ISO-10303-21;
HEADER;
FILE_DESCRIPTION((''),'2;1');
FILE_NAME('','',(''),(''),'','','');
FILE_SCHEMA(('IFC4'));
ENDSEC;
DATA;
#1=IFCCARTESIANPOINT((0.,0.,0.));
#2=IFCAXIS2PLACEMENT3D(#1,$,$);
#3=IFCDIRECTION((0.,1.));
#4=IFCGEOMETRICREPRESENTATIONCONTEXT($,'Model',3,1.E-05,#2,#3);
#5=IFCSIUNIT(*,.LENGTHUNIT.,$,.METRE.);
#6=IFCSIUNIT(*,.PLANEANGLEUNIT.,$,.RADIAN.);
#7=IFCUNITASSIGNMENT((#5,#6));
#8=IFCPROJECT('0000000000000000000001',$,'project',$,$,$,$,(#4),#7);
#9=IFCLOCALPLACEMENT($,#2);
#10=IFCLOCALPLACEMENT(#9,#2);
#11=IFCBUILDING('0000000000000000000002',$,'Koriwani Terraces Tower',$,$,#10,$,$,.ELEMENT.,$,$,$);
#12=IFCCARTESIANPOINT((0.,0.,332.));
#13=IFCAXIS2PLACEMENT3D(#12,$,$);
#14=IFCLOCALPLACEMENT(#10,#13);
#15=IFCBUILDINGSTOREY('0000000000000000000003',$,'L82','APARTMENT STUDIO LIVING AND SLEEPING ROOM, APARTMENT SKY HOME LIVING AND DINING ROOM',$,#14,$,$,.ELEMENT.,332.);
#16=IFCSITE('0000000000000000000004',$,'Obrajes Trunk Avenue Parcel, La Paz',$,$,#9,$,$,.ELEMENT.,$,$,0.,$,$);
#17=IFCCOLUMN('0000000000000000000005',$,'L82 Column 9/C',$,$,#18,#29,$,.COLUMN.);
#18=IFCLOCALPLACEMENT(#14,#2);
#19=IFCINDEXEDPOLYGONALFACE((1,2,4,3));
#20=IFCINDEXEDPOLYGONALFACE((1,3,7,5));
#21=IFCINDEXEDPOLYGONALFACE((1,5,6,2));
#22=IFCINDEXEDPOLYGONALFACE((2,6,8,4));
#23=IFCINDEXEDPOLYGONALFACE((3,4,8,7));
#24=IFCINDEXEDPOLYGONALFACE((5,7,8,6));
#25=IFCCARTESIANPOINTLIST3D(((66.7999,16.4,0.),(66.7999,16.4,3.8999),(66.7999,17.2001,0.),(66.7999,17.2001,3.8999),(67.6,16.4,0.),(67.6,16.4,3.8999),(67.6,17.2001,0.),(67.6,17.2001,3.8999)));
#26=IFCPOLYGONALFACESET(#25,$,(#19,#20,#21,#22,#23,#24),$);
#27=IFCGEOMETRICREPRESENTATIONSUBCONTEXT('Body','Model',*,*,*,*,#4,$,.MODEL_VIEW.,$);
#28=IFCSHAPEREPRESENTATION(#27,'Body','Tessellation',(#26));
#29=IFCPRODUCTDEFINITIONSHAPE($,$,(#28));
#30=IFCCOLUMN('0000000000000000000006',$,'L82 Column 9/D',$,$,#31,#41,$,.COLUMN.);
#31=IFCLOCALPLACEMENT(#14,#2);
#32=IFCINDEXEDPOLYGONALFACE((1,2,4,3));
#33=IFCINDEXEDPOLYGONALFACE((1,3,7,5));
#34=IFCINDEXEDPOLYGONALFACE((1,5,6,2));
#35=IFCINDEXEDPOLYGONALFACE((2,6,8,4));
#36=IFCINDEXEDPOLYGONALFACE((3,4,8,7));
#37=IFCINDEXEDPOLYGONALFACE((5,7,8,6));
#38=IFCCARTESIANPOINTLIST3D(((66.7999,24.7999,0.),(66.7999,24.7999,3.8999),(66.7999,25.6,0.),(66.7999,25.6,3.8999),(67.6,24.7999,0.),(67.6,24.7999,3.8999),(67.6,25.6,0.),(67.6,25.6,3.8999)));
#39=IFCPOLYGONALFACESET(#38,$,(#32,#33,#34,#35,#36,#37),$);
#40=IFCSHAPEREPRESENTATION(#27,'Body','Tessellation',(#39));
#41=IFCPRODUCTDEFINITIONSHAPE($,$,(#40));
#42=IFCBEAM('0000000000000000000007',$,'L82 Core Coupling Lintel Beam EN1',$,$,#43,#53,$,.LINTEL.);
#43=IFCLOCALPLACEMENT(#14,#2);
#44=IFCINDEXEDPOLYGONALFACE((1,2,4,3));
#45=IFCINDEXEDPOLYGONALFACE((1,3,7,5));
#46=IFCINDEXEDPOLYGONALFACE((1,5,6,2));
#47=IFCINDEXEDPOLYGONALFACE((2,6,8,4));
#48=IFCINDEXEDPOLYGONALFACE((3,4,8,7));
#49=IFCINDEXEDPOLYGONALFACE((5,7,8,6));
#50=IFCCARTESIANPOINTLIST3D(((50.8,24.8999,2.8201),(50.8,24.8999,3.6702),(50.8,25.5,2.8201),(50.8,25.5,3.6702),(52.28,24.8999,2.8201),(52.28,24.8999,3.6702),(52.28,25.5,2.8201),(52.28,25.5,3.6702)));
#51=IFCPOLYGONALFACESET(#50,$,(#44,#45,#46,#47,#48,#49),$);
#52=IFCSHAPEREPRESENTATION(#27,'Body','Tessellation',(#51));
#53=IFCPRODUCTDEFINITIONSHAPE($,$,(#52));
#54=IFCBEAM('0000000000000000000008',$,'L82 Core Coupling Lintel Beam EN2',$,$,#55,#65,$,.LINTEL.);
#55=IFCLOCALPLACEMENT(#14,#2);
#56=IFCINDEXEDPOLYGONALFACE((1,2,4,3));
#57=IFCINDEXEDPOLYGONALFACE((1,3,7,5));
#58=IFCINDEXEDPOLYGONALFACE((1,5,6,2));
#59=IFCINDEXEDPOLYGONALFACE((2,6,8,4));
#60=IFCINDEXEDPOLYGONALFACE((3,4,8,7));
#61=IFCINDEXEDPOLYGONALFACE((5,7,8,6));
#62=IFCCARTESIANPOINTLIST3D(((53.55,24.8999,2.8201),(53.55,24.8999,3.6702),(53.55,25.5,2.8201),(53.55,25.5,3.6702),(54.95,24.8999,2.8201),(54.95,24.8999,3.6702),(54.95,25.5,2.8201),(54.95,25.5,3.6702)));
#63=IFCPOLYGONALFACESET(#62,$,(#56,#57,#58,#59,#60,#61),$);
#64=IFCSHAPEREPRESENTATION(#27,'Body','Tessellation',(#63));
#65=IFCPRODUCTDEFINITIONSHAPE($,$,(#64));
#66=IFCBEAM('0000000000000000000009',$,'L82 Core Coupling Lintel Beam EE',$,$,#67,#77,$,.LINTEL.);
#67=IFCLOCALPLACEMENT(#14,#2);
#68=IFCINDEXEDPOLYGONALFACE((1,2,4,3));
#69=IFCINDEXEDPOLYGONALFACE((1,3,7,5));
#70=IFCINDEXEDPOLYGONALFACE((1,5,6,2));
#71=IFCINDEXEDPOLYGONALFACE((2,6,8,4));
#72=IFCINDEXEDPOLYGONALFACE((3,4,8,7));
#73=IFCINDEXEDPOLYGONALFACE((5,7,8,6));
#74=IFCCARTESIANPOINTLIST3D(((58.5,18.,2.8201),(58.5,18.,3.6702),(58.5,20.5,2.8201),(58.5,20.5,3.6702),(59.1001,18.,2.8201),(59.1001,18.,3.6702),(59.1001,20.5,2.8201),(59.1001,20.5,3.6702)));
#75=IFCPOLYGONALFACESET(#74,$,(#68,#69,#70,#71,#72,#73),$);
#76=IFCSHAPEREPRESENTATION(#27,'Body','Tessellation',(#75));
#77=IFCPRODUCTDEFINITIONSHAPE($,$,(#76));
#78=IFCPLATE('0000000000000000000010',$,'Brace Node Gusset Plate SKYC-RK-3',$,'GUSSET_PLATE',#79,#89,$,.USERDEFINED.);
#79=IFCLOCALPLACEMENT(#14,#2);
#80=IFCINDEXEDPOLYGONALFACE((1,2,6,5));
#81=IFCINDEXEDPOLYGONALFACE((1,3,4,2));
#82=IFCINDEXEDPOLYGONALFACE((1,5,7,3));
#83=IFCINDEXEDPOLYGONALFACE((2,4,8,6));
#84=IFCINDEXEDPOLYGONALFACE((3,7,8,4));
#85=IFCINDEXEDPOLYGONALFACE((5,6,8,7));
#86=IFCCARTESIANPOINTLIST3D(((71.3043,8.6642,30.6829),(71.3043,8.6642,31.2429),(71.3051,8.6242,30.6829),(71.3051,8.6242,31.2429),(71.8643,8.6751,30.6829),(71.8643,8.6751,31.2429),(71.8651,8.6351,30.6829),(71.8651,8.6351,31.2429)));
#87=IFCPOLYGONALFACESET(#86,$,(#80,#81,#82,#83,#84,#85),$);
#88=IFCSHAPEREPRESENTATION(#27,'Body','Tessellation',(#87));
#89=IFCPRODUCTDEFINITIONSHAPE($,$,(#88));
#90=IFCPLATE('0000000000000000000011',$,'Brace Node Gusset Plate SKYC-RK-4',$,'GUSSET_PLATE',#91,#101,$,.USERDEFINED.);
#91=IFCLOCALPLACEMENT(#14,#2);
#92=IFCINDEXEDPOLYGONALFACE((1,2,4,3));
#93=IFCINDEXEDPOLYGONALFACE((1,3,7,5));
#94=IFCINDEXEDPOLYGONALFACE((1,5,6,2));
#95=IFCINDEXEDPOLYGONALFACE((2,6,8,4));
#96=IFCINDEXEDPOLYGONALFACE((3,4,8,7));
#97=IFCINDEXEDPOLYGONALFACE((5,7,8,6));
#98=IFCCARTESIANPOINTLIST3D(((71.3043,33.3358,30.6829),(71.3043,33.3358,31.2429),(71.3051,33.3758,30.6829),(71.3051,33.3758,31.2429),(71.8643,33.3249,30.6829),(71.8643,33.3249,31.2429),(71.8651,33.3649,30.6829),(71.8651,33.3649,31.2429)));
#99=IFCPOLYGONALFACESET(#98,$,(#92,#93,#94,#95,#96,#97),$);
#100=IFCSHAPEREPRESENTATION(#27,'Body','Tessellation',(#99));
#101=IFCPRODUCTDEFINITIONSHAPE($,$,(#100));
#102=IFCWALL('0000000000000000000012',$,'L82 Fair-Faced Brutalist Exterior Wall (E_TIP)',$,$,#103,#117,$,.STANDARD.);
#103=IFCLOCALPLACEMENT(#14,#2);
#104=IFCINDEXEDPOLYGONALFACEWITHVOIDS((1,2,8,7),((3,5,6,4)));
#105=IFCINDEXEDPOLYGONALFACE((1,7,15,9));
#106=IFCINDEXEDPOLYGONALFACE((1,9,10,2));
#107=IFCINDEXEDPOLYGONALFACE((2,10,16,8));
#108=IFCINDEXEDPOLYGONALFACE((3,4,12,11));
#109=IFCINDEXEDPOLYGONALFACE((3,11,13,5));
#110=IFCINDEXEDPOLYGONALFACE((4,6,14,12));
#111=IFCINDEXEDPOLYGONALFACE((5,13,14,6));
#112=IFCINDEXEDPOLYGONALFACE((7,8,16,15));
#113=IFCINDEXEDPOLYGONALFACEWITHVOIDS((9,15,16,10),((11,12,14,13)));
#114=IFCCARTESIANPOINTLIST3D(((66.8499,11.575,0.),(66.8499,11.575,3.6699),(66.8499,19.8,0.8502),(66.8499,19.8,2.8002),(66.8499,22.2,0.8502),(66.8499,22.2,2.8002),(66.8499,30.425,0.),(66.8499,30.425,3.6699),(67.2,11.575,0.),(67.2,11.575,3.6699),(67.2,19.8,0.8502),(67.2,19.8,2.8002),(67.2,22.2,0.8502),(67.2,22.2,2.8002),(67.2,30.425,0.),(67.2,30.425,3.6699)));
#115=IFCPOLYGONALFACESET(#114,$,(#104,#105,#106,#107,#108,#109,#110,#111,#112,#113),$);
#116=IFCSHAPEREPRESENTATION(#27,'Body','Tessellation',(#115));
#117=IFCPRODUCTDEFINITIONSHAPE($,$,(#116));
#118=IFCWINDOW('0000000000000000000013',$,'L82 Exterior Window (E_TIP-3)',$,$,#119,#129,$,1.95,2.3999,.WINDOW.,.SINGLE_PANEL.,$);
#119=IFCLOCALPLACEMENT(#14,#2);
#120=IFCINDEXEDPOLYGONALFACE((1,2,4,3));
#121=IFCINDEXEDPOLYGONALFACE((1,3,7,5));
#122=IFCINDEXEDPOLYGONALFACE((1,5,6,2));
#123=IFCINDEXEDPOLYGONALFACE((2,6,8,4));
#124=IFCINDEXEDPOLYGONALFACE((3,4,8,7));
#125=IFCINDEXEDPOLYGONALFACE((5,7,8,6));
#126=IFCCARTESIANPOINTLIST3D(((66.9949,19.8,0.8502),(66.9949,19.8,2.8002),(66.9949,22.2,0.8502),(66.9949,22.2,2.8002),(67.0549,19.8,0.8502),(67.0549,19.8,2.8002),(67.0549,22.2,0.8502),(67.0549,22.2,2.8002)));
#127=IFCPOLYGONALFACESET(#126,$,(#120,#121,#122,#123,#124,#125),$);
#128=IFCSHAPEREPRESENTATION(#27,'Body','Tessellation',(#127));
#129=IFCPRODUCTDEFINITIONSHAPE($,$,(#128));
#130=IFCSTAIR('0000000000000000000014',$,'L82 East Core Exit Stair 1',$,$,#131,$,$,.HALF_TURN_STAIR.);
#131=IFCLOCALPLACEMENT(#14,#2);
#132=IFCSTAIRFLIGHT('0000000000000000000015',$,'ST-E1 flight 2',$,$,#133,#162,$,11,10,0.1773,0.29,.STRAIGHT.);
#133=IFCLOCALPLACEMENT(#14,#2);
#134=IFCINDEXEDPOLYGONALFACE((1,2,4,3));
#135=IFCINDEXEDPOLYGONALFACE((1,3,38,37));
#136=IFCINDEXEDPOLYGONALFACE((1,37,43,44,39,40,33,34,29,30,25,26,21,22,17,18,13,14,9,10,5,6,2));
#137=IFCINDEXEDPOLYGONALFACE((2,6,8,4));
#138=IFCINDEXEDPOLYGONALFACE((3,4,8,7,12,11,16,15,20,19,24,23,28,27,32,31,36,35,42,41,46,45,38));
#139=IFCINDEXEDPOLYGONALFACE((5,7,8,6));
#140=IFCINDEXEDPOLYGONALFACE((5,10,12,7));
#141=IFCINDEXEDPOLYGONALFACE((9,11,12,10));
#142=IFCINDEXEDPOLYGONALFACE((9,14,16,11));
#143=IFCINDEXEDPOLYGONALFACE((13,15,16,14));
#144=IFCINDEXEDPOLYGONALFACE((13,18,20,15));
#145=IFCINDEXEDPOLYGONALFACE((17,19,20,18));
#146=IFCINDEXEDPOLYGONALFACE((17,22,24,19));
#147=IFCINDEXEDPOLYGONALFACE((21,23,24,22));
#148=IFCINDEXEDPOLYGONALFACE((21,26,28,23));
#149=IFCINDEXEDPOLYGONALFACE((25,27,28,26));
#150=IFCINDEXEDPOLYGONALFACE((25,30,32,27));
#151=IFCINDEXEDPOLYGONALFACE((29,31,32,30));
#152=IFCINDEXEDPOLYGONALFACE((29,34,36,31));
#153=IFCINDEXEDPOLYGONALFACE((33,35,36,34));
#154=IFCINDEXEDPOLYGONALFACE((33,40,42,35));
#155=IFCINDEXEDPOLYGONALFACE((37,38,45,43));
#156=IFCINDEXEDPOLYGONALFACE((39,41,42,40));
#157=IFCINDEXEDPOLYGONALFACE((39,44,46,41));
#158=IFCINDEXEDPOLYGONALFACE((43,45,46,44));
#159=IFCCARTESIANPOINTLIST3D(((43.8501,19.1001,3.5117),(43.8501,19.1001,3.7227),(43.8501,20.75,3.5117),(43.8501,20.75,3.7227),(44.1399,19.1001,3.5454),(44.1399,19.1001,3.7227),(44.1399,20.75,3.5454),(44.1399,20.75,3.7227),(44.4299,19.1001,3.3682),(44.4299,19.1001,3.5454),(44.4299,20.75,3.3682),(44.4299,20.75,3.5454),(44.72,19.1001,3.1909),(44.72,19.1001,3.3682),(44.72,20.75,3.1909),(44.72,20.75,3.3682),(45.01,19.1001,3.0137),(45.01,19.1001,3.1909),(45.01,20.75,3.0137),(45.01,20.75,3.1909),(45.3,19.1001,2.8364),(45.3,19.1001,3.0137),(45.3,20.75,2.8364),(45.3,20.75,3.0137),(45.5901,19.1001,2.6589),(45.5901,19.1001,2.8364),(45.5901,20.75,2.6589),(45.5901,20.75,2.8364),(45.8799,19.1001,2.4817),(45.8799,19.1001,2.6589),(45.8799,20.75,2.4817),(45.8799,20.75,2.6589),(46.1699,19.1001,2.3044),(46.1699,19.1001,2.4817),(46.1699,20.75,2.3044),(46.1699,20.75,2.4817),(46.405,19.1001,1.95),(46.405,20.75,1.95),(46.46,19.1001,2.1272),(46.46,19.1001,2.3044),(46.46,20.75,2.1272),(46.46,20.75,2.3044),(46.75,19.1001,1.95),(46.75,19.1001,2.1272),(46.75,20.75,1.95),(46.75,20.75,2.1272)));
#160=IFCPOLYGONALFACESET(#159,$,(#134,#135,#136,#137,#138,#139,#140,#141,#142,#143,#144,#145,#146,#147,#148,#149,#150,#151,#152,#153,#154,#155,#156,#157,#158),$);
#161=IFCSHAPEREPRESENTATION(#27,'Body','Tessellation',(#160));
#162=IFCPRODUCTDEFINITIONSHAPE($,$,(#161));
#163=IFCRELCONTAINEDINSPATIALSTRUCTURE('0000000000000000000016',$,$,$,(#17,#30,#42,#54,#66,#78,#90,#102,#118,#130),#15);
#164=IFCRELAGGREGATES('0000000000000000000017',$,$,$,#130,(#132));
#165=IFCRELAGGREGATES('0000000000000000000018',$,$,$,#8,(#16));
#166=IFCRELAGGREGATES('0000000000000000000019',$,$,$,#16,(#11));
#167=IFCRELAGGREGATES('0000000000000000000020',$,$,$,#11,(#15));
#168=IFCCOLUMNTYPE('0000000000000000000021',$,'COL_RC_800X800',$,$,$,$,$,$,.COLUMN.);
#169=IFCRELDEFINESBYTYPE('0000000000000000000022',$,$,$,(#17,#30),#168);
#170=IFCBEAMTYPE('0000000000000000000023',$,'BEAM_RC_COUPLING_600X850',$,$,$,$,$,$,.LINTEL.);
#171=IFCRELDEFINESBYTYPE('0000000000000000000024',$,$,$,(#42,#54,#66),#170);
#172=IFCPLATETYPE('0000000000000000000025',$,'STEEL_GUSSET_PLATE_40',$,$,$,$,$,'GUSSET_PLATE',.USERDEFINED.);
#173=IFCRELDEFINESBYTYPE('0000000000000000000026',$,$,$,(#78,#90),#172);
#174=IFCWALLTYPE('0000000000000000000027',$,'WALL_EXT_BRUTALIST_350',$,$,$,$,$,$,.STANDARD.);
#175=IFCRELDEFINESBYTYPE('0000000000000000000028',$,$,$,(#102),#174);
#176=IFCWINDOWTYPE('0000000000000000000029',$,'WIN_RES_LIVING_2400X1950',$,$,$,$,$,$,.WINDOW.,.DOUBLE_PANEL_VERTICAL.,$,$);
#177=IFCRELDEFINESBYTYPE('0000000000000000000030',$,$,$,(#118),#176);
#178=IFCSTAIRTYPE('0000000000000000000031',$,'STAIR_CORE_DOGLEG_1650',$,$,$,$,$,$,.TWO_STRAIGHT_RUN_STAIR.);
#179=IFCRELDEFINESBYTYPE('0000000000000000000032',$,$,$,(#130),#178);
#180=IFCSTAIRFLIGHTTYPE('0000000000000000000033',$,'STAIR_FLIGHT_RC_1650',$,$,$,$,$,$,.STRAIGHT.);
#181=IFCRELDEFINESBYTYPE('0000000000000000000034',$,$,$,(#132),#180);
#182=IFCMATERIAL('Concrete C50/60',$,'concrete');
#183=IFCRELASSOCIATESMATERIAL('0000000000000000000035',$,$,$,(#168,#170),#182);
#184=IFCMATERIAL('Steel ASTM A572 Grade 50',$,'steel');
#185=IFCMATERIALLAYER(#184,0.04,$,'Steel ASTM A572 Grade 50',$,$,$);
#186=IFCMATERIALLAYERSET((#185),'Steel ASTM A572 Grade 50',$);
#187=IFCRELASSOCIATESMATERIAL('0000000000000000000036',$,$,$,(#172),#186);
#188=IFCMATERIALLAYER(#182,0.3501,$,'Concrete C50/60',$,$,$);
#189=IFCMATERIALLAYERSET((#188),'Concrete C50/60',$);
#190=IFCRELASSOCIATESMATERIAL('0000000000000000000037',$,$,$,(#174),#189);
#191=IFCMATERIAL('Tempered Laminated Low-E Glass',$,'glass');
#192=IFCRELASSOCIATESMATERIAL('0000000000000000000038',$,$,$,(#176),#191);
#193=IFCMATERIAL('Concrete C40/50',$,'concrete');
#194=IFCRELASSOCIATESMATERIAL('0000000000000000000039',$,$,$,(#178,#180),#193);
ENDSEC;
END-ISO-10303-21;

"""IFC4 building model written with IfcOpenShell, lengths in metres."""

from ifc_helpers import new_model, si_unit, direction, frame, frame_2d, origin, origin_2d, place, context, subcontext, project, spatial, polyline, rectangle, outline, extrude, material, layer, layer_set, material_profile, profile_set, type_object, element, fill, aggregate, save


model = new_model("IFC4")

# Units and contexts
model_context = context("Model", 3, precision=1e-05, world=origin(), true_north=direction((0.0, 1.0)))
body_context = subcontext(model_context, "Body", "Model", "MODEL_VIEW")
ifc_project = project(units=[si_unit("LENGTHUNIT", "METRE"), si_unit("PLANEANGLEUNIT", "RADIAN")], contexts=[model_context])

# Site, building, storey
site_placement = place(None, origin())
site = spatial("IfcSite", under=ifc_project, at=site_placement, Name="Obrajes Trunk Avenue Parcel, La Paz", CompositionType="ELEMENT", RefElevation=0.0)
building_placement = place(site_placement, origin())
building = spatial("IfcBuilding", under=site, at=building_placement, Name="Koriwani Terraces Tower", CompositionType="ELEMENT")
storey_placement = place(building_placement, frame((0.0, 0.0, 332.0)))
storey = spatial("IfcBuildingStorey", under=building, at=storey_placement, Name="L82", Description="APARTMENT STUDIO LIVING AND SLEEPING ROOM, APARTMENT SKY HOME LIVING AND DINING ROOM", CompositionType="ELEMENT", Elevation=332.0)

# Columns
ifc_material_1 = material(Name="Concrete C50/60", Category="concrete")
ifc_material_profile_1 = material_profile(ifc_material_1, rectangle(XDim=0.8, YDim=0.8, at=origin_2d()), Name="Concrete C50/60", Category="LoadBearing")
ifc_profile_set_1 = profile_set([ifc_material_profile_1], Name="Concrete C50/60")
column_type = type_object("IfcColumnType", Name="COL_RC_800X800", PredefinedType="COLUMN", material=ifc_profile_set_1)
for number, where, z_axis, x_axis, name in (
    (1, (67.2, 16.8, 0.0), (0.0, 0.0, 1.0), (1.0, 0.0, 0.0), "L82 Column 9/C"),
    (2, (67.2, 25.2, 0.0), (0.0, 0.0, 1.0), (1.0, 0.0, 0.0), "L82 Column 9/D"),
):
    element("IfcColumn", number, at=place(storey_placement, frame(where, z_axis=z_axis, x_axis=x_axis)), inside=storey, type_object=column_type, Name=name, PredefinedType="COLUMN", context=body_context, shape_type="SweptSolid", body=[
        extrude(rectangle(XDim=0.8, YDim=0.8, at=origin_2d()), origin(), (0.0, 0.0, 1.0), 3.8999),
    ])

# Beams
ifc_material_profile_2 = material_profile(ifc_material_1, rectangle(XDim=0.6001, YDim=0.8501, at=origin_2d()), Name="Concrete C50/60", Category="LoadBearing")
ifc_profile_set_2 = profile_set([ifc_material_profile_2], Name="Concrete C50/60")
beam_type = type_object("IfcBeamType", Name="BEAM_RC_COUPLING_600X850", PredefinedType="LINTEL", material=ifc_profile_set_2)
beam_1_placement = place(storey_placement, frame((50.8, 25.2, 3.2451), z_axis=(1.0, 0.0, 0.0), x_axis=(0.0, 1.0, 0.0)))
element("IfcBeam", 3, at=beam_1_placement, inside=storey, type_object=beam_type, Name="L82 Core Coupling Lintel Beam EN1", PredefinedType="LINTEL", context=body_context, shape_type="SweptSolid", body=[
    extrude(rectangle(XDim=0.6001, YDim=0.8501, at=origin_2d()), origin(), (0.0, 0.0, 1.0), 1.48),
])
beam_2_placement = place(storey_placement, frame((53.55, 25.2, 3.2451), z_axis=(1.0, 0.0, 0.0), x_axis=(0.0, 1.0, 0.0)))
element("IfcBeam", 4, at=beam_2_placement, inside=storey, type_object=beam_type, Name="L82 Core Coupling Lintel Beam EN2", PredefinedType="LINTEL", context=body_context, shape_type="SweptSolid", body=[
    extrude(rectangle(XDim=0.6001, YDim=0.8501, at=origin_2d()), origin(), (0.0, 0.0, 1.0), 1.3999),
])
beam_3_placement = place(storey_placement, frame((58.8, 18.0, 3.2451), z_axis=(0.0, 1.0, 0.0), x_axis=(-1.0, 0.0, 0.0)))
element("IfcBeam", 5, at=beam_3_placement, inside=storey, type_object=beam_type, Name="L82 Core Coupling Lintel Beam EE", PredefinedType="LINTEL", context=body_context, shape_type="SweptSolid", body=[
    extrude(rectangle(XDim=0.6001, YDim=0.8501, at=origin_2d()), origin(), (0.0, 0.0, 1.0), 2.5),
])

# Plates
ifc_material_2 = material(Name="Steel ASTM A572 Grade 50", Category="steel")
ifc_layer_1 = layer(ifc_material_2, 0.04, Name="Steel ASTM A572 Grade 50")
ifc_layer_set_1 = layer_set([ifc_layer_1], Name="Steel ASTM A572 Grade 50")
plate_type = type_object("IfcPlateType", Name="STEEL_GUSSET_PLATE_40", ElementType="GUSSET_PLATE", PredefinedType="USERDEFINED", material=ifc_layer_set_1)
for number, where, z_axis, x_axis, name in (
    (6, (71.5847, 8.6497, 30.6829), (0.0, 0.0, 1.0), (0.999809, 0.019546, 0.0), "Brace Node Gusset Plate SKYC-RK-3"),
    (7, (71.5847, 33.3503, 30.6829), (0.0, 0.0, 1.0), (0.999809, -0.019546, 0.0), "Brace Node Gusset Plate SKYC-RK-4"),
):
    element("IfcPlate", number, at=place(storey_placement, frame(where, z_axis=z_axis, x_axis=x_axis)), inside=storey, type_object=plate_type, Name=name, ObjectType="GUSSET_PLATE", PredefinedType="USERDEFINED", context=body_context, shape_type="SweptSolid", body=[
        extrude(rectangle(XDim=0.5601, YDim=0.04, at=origin_2d()), origin(), (0.0, 0.0, 1.0), 0.5601),
    ])

# Wall, opening, window
ifc_layer_2 = layer(ifc_material_1, 0.3501, Name="Concrete C50/60")
ifc_layer_set_2 = layer_set([ifc_layer_2], Name="Concrete C50/60")
wall_type = type_object("IfcWallType", Name="WALL_EXT_BRUTALIST_350", PredefinedType="STANDARD", material=ifc_layer_set_2)
wall_placement = place(storey_placement, frame((67.0249, 30.425, 0.0), z_axis=(0.0, 0.0, 1.0), x_axis=(0.0, -1.0, 0.0)))
wall = element("IfcWall", 8, at=wall_placement, inside=storey, type_object=wall_type, Name="L82 Fair-Faced Brutalist Exterior Wall (E_TIP)", PredefinedType="STANDARD", context=body_context, shape_type="SweptSolid", body=[
    extrude(rectangle(XDim=18.8501, YDim=0.3501, at=frame_2d((9.425, 0.0))), origin(), (0.0, 0.0, 1.0), 3.6699),
])
opening_placement = place(wall_placement, frame((8.2251, 0.0, 0.8501)))
opening = element("IfcOpeningElement", 9, at=opening_placement, cuts=wall, PredefinedType="OPENING", context=body_context, shape_type="SweptSolid", body=[
    extrude(rectangle(XDim=2.3999, YDim=1.95, at=frame_2d((1.2, 0.9751))), frame((0.0, 0.1851, 0.0), z_axis=(0.0, -1.0, 0.0), x_axis=(1.0, 0.0, 0.0)), (0.0, 0.0, 1.0), 0.3701),
])
ifc_material_3 = material(Name="Tempered Laminated Low-E Glass", Category="glass")
window_type = type_object("IfcWindowType", Name="WIN_RES_LIVING_2400X1950", PartitioningType="DOUBLE_PANEL_VERTICAL", PredefinedType="WINDOW", material=ifc_material_3)
window_placement = place(opening_placement, origin())
window = element("IfcWindow", 10, at=window_placement, inside=storey, type_object=window_type, Name="L82 Exterior Window (E_TIP-3)", OverallHeight=1.95, OverallWidth=2.3999, PartitioningType="SINGLE_PANEL", PredefinedType="WINDOW", context=body_context, shape_type="SweptSolid", body=[
    extrude(rectangle(XDim=2.3999, YDim=1.95, at=frame_2d((1.2, 0.9751))), frame((0.0, 0.03, 0.0), z_axis=(0.0, -1.0, 0.0), x_axis=(1.0, 0.0, 0.0)), (0.0, 0.0, 1.0), 0.0601),
])
fill(opening, window)

# Stair, stair flight
ifc_material_4 = material(Name="Concrete C40/50", Category="concrete")
stair_type = type_object("IfcStairType", Name="STAIR_CORE_DOGLEG_1650", PredefinedType="TWO_STRAIGHT_RUN_STAIR", material=ifc_material_4)
stair_1_placement = place(storey_placement, origin())
stair_1 = element("IfcStair", 11, at=stair_1_placement, inside=storey, type_object=stair_type, Name="L82 East Core Exit Stair 1", PredefinedType="HALF_TURN_STAIR")
stair_flight_type = type_object("IfcStairFlightType", Name="STAIR_FLIGHT_RC_1650", PredefinedType="STRAIGHT", material=ifc_material_4)
stair_flight_1_placement = place(storey_placement, frame((46.75, 19.925, 1.95), z_axis=(0.0, 0.0, 1.0), x_axis=(-1.0, 0.0, 0.0)))
stair_flight_1 = element("IfcStairFlight", 12, at=stair_flight_1_placement, type_object=stair_flight_type, Name="ST-E1 flight 2", NumberOfRisers=11, NumberOfTreads=10, PredefinedType="STRAIGHT", RiserHeight=0.1773, TreadLength=0.29, context=body_context, shape_type="SweptSolid", body=[
    extrude(outline(polyline([(0.0, 0.0), (0.0, 0.1772), (0.29, 0.1772), (0.29, 0.3545), (0.5801, 0.3545), (0.5801, 0.5317), (0.8701, 0.5317), (0.8701, 0.709), (1.1599, 0.709), (1.1599, 0.8865), (1.45, 0.8865), (1.45, 1.0637), (1.74, 1.0637), (1.74, 1.241), (2.03, 1.241), (2.03, 1.4182), (2.3201, 1.4182), (2.3201, 1.5955), (2.6101, 1.5955), (2.6101, 1.7727), (2.8999, 1.7727), (2.8999, 1.95), (2.8999, 1.5618), (0.345, 0.0), (0.0, 0.0)])), frame((0.0, 0.825, 0.0), z_axis=(0.0, -1.0, 0.0), x_axis=(1.0, 0.0, 0.0)), (0.0, 0.0, 1.0), 1.6499),
])
aggregate(stair_1, [stair_flight_1])

save(model, "model.ifc")
